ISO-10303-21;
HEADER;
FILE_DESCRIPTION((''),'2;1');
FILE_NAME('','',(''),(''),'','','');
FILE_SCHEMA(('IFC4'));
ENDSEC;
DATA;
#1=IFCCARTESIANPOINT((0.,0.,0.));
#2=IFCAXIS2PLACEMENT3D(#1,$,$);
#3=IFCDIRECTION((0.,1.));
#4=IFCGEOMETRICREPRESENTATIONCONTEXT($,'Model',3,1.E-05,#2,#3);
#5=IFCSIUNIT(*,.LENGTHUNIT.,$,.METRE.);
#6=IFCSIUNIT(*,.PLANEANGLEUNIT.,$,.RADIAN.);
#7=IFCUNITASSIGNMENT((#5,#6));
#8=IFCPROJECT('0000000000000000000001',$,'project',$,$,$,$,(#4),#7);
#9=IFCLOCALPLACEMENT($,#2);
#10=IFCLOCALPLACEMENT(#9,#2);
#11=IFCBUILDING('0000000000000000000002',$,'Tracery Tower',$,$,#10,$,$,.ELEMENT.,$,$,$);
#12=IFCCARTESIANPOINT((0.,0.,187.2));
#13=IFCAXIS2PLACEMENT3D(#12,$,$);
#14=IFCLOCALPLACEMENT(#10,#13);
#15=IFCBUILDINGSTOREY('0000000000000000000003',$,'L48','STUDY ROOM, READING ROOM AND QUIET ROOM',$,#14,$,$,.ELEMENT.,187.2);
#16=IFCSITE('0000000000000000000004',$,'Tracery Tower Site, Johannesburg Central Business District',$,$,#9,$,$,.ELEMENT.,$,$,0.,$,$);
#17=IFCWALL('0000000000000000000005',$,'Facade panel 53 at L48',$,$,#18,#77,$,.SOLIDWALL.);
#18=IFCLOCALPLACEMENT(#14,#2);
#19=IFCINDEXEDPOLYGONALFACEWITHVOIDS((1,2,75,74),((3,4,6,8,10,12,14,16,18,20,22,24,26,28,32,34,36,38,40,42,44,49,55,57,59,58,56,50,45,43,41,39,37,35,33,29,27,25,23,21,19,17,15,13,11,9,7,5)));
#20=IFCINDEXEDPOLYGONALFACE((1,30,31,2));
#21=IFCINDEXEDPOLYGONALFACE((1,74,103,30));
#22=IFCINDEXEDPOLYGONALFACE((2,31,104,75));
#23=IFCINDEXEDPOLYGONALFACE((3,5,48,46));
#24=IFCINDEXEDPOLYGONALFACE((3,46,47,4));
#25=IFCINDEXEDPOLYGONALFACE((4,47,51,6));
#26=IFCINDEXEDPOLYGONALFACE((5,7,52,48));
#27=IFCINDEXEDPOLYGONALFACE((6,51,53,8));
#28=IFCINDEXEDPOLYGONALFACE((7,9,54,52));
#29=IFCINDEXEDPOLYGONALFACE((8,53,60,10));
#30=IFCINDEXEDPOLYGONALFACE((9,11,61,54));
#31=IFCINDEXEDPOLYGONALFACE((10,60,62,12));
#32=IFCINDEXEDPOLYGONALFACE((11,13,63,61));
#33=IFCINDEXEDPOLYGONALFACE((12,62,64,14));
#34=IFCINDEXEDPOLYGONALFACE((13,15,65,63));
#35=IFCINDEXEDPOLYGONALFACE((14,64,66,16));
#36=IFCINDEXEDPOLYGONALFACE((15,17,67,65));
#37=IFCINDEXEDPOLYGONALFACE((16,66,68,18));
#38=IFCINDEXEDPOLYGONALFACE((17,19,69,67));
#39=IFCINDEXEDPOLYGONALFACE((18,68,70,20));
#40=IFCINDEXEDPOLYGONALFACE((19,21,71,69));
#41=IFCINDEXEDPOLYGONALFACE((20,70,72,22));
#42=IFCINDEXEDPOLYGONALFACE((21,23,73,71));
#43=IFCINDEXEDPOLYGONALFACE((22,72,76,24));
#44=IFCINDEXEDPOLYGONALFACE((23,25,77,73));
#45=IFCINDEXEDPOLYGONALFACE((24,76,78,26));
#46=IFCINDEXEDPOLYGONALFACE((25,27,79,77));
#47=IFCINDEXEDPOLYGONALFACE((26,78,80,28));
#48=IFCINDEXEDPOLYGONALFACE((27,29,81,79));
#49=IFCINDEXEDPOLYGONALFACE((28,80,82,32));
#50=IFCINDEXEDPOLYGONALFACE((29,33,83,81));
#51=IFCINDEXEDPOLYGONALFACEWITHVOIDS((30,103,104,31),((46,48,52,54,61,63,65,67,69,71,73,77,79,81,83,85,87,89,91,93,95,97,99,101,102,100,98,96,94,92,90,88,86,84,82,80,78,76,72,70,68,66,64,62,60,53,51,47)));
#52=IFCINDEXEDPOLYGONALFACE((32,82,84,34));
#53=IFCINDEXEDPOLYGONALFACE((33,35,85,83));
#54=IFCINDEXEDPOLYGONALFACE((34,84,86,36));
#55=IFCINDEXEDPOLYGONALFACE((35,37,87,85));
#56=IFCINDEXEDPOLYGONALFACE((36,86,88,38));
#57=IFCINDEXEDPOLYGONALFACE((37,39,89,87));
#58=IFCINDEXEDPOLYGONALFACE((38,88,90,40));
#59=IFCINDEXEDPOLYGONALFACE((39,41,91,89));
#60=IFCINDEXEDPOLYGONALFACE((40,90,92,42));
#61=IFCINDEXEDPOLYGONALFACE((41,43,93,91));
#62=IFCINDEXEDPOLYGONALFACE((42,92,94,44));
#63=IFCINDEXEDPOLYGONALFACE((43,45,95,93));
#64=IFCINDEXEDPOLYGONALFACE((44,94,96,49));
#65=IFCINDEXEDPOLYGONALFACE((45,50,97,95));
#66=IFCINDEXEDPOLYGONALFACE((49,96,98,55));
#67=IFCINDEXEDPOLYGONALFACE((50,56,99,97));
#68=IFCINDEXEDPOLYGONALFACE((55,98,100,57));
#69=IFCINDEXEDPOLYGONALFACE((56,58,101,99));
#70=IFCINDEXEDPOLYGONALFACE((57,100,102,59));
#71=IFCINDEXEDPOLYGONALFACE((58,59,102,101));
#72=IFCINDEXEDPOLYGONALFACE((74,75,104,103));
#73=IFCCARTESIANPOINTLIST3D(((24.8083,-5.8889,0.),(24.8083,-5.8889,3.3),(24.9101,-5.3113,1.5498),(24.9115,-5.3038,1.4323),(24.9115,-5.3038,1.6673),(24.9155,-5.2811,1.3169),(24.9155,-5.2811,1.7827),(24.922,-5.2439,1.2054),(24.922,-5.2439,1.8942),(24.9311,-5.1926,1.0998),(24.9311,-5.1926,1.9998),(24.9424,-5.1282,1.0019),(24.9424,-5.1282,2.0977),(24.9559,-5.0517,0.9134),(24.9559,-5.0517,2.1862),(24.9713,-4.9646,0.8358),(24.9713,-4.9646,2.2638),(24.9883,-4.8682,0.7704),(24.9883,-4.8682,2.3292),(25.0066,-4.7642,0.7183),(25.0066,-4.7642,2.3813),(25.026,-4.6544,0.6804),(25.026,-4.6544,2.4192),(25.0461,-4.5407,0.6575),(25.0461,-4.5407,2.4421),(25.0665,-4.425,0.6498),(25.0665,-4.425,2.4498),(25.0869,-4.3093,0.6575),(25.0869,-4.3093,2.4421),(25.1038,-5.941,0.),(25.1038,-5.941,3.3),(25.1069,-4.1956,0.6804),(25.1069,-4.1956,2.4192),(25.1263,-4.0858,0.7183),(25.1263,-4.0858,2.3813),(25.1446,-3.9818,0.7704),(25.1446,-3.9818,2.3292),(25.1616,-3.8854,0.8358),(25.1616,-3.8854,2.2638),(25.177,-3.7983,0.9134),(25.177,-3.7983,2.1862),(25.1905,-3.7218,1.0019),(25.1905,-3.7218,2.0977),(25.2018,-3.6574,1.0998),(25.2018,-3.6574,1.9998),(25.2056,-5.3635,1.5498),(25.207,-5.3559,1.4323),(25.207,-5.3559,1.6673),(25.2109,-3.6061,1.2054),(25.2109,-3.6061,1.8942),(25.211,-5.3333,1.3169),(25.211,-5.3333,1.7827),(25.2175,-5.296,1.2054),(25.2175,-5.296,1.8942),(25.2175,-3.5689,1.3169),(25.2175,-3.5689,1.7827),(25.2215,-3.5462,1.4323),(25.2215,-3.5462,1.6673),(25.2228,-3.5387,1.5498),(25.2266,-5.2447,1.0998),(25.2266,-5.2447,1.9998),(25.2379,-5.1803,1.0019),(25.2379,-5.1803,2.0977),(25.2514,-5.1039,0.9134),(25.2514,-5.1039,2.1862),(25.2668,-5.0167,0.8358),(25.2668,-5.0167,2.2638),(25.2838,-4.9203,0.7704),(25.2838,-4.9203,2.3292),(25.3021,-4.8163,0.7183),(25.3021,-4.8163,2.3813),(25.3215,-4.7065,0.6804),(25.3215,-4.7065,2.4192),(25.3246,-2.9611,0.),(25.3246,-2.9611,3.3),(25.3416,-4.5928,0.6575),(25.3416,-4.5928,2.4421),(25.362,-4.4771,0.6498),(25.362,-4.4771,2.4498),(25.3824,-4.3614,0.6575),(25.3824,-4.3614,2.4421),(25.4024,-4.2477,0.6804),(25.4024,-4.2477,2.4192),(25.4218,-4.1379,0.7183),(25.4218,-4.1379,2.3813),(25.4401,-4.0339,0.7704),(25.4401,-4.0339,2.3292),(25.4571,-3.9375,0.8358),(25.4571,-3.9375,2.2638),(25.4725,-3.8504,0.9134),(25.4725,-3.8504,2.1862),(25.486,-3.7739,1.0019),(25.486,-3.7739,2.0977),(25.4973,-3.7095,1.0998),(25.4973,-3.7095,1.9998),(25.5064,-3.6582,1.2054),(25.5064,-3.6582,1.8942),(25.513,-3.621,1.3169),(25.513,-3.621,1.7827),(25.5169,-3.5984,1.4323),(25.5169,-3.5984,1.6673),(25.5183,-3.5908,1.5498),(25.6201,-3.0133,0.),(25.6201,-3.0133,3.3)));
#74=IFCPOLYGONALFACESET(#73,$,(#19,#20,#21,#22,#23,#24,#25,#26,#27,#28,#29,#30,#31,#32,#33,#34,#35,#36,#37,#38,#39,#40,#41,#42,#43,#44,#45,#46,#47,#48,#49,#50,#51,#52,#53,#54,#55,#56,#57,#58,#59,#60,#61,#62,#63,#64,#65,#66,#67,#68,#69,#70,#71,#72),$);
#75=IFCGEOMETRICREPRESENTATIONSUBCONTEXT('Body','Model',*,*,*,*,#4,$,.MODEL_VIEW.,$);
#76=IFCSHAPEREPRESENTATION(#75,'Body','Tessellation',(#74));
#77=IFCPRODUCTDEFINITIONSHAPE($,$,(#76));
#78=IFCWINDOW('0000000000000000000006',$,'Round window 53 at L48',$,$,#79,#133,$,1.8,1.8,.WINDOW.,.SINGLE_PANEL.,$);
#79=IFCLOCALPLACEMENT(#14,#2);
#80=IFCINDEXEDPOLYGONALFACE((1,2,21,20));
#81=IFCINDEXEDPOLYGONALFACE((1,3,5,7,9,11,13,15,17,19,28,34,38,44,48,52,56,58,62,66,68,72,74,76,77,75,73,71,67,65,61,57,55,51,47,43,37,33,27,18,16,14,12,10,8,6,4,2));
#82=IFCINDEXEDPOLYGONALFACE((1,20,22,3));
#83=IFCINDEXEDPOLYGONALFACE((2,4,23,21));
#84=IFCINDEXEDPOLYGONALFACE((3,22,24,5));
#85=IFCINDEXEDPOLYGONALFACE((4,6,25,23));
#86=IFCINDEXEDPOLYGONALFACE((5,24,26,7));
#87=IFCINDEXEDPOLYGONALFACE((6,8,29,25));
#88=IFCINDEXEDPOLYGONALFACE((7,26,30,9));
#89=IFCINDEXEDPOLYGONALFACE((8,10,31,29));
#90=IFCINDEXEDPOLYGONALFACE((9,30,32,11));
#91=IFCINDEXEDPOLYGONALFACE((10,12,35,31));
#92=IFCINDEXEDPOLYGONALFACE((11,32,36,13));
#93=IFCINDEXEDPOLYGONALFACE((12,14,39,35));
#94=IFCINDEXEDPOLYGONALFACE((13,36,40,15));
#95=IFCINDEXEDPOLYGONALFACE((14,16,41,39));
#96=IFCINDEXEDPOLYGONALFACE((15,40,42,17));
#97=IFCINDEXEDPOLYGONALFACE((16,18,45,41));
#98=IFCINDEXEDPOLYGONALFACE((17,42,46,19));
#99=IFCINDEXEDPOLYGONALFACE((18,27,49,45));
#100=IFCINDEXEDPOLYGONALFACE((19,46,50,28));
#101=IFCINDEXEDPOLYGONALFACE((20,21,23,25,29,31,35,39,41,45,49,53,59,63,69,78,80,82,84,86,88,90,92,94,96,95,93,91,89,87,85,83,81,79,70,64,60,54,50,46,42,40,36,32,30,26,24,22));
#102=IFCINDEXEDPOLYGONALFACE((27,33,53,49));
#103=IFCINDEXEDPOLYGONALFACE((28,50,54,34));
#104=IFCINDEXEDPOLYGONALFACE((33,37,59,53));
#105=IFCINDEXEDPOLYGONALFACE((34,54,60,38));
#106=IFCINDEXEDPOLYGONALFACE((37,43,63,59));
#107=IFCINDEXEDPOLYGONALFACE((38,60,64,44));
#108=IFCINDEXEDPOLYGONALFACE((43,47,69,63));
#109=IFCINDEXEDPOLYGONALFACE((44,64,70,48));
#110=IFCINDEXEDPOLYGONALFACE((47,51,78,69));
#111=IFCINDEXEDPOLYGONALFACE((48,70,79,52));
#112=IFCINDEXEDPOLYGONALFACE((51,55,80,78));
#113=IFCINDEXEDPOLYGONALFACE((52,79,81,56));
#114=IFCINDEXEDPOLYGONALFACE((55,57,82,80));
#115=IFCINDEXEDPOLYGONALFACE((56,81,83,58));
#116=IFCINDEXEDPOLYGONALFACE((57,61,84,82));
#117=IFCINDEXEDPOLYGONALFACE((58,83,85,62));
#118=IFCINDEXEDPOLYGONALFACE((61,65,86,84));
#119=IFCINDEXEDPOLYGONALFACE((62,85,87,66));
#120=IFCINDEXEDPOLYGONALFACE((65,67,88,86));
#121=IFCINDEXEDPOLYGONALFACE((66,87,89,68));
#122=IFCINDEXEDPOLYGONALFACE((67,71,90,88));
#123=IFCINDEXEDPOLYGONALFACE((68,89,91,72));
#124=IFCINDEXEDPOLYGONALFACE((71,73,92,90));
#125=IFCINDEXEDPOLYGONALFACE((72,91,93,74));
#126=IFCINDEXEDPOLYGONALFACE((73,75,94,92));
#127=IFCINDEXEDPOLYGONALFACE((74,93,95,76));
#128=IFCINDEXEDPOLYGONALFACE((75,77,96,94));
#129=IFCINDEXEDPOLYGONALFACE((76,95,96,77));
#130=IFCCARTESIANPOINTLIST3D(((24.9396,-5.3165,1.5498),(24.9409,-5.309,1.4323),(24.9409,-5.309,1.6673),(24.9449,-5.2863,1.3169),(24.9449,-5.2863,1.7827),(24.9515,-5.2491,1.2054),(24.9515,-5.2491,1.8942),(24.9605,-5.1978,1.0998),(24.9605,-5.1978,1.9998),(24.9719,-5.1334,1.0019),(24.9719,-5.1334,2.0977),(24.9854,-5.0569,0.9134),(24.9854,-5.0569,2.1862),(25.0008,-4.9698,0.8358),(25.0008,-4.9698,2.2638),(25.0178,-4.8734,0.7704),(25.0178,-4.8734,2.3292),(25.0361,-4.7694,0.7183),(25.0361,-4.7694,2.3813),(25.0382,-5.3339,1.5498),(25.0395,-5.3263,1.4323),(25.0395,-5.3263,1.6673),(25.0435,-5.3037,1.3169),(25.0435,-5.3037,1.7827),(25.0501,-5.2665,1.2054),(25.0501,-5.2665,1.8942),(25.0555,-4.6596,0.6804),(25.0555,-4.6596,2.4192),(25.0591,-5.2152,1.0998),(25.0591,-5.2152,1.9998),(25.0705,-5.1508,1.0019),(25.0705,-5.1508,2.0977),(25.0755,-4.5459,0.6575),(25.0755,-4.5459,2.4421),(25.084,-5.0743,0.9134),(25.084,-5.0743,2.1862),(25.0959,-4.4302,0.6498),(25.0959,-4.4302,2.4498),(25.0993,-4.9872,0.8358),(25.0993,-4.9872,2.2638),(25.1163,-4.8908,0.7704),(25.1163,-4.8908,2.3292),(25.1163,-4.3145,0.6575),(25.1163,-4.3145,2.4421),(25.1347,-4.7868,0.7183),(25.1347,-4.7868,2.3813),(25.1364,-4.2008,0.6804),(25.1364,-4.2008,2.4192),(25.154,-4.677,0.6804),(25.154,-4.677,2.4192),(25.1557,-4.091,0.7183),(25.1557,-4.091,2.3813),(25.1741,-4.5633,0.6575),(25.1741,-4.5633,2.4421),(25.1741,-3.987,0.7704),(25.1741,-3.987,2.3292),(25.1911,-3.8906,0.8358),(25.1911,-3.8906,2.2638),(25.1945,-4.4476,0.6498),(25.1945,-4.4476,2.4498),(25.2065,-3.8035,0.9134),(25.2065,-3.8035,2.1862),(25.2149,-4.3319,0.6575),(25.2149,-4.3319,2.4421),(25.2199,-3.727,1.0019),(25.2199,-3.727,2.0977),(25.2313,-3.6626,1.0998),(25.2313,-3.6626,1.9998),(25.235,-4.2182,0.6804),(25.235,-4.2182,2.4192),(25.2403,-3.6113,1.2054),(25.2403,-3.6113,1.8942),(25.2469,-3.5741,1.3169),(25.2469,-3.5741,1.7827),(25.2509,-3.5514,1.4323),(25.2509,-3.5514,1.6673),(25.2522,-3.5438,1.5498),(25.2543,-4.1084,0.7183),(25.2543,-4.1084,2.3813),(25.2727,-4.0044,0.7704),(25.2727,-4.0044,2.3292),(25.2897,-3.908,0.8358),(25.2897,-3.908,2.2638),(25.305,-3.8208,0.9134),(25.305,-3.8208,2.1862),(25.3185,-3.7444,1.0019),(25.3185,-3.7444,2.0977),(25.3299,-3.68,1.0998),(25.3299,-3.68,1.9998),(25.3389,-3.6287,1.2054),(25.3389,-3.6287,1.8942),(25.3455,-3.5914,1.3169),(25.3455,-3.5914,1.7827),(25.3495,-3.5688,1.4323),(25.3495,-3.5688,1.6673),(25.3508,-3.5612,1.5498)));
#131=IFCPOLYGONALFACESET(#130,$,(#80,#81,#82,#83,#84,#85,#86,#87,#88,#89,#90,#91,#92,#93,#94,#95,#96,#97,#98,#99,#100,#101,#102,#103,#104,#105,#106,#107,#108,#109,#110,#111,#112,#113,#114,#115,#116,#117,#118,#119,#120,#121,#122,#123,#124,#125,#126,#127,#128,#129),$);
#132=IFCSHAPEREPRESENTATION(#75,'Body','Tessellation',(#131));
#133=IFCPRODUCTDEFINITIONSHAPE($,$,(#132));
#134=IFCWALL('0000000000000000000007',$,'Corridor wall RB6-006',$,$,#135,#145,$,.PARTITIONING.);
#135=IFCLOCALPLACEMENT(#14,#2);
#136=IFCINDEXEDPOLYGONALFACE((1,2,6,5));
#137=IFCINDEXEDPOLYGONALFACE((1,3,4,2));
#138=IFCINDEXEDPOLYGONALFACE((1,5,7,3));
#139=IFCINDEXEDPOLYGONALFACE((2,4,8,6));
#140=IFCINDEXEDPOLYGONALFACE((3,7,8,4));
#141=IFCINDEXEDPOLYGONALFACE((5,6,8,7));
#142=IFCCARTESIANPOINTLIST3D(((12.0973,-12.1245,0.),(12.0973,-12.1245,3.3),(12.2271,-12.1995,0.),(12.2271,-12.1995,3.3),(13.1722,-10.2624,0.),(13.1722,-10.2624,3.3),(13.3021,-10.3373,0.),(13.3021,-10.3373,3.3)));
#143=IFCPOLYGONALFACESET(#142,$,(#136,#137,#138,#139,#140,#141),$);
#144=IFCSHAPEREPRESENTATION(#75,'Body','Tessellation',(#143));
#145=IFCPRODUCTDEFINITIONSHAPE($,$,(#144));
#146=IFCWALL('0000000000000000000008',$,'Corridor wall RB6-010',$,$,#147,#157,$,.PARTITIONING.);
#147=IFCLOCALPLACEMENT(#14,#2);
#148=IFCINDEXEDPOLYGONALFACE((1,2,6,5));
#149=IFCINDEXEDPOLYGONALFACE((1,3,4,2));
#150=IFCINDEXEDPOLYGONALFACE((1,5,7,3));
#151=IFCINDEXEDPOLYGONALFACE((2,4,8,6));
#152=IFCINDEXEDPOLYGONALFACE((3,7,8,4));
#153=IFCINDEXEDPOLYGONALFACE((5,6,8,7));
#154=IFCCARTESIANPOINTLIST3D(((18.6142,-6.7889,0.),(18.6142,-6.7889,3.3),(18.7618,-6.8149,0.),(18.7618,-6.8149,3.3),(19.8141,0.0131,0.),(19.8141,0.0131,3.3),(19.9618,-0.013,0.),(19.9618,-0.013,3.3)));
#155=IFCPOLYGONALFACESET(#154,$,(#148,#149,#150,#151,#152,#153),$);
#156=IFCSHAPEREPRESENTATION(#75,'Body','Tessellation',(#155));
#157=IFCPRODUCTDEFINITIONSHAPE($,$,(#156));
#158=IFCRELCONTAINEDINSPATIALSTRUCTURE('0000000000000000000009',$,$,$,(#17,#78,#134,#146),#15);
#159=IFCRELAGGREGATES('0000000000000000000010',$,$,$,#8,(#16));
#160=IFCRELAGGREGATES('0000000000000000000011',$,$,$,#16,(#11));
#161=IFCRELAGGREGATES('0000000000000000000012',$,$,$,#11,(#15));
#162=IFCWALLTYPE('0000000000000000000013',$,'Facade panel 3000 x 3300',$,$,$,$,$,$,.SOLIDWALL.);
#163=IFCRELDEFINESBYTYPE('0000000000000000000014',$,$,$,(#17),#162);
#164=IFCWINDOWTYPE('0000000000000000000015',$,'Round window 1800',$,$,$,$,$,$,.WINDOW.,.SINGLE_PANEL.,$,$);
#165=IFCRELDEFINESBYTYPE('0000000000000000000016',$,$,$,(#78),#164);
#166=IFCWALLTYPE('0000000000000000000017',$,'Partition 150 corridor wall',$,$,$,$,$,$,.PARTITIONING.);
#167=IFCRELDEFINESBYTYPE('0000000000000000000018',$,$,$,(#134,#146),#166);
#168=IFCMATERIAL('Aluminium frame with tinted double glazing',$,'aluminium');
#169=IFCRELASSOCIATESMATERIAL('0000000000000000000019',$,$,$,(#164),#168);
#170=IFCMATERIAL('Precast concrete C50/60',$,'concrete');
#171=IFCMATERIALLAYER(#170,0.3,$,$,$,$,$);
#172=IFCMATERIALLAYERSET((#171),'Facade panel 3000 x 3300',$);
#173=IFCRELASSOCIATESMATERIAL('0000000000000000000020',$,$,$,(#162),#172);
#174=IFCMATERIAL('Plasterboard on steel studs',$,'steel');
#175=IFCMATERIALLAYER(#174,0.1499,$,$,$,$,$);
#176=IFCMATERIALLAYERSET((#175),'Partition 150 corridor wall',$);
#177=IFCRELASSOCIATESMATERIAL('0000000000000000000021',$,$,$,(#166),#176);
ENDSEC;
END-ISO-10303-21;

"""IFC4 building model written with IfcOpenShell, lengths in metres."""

from ifc_helpers import new_model, si_unit, direction, frame, frame_2d, origin, origin_2d, place, context, subcontext, project, spatial, rectangle, circle, extrude, material, layer, layer_set, type_object, element, fill, save


model = new_model("IFC4")

# Units and contexts
model_context = context("Model", 3, precision=1e-05, world=origin(), true_north=direction((0.0, 1.0)))
body_context = subcontext(model_context, "Body", "Model", "MODEL_VIEW")
ifc_project = project(units=[si_unit("LENGTHUNIT", "METRE"), si_unit("PLANEANGLEUNIT", "RADIAN")], contexts=[model_context])

# Site, building, storey
site_placement = place(None, origin())
site = spatial("IfcSite", under=ifc_project, at=site_placement, Name="Tracery Tower Site, Johannesburg Central Business District", CompositionType="ELEMENT", RefElevation=0.0)
building_placement = place(site_placement, origin())
building = spatial("IfcBuilding", under=site, at=building_placement, Name="Tracery Tower", CompositionType="ELEMENT")
storey_placement = place(building_placement, frame((0.0, 0.0, 187.2)))
storey = spatial("IfcBuildingStorey", under=building, at=storey_placement, Name="L48", Description="STUDY ROOM, READING ROOM AND QUIET ROOM", CompositionType="ELEMENT", Elevation=187.2)

# Wall, opening, window
ifc_material_1 = material(Name="Aluminium frame with tinted double glazing", Category="aluminium")
window_type = type_object("IfcWindowType", Name="Round window 1800", PartitioningType="SINGLE_PANEL", PredefinedType="WINDOW", material=ifc_material_1)
ifc_material_2 = material(Name="Precast concrete C50/60", Category="concrete")
ifc_layer_1 = layer(ifc_material_2, 0.3)
ifc_layer_set_1 = layer_set([ifc_layer_1], Name="Facade panel 3000 x 3300")
wall_type_1 = type_object("IfcWallType", Name="Facade panel 3000 x 3300", PredefinedType="SOLIDWALL", material=ifc_layer_set_1)
wall_1_placement = place(storey_placement, frame((24.9561, -5.9148, 0.0), z_axis=(0.0, 0.0, 1.0), x_axis=(0.173687, 0.984801, 0.0)))
wall_1 = element("IfcWall", 1, at=wall_1_placement, inside=storey, type_object=wall_type_1, Name="Facade panel 53 at L48", PredefinedType="SOLIDWALL", context=body_context, shape_type="SweptSolid", body=[
    extrude(rectangle(XDim=2.9729, YDim=0.3, at=frame_2d((1.4863, 0.0))), origin(), (0.0, 0.0, 1.0), 3.3),
])
opening_1_placement = place(wall_1_placement, frame((1.4863, 0.0, 1.5498)))
opening_1 = element("IfcOpeningElement", 2, at=opening_1_placement, cuts=wall_1, PredefinedType="OPENING", context=body_context, shape_type="SweptSolid", body=[
    extrude(circle(Radius=0.9, at=origin_2d()), frame((0.0, 0.1599, 0.0), z_axis=(0.0, -1.0, 0.0), x_axis=(1.0, 0.0, 0.0)), (0.0, 0.0, 1.0), 0.3201),
])
window_1_placement = place(opening_1_placement, origin())
window_1 = element("IfcWindow", 3, at=window_1_placement, inside=storey, type_object=window_type, Name="Round window 53 at L48", OverallHeight=1.8, OverallWidth=1.8, PartitioningType="SINGLE_PANEL", PredefinedType="WINDOW", context=body_context, shape_type="SweptSolid", body=[
    extrude(circle(Radius=0.9, at=origin_2d()), frame((0.0, 0.1201, 0.0), z_axis=(0.0, -1.0, 0.0), x_axis=(1.0, 0.0, 0.0)), (0.0, 0.0, 1.0), 0.1001),
])
fill(opening_1, window_1)

# Walls
ifc_material_3 = material(Name="Plasterboard on steel studs", Category="steel")
ifc_layer_2 = layer(ifc_material_3, 0.1499)
ifc_layer_set_2 = layer_set([ifc_layer_2], Name="Partition 150 corridor wall")
wall_type_2 = type_object("IfcWallType", Name="Partition 150 corridor wall", PredefinedType="PARTITIONING", material=ifc_layer_set_2)
wall_2_placement = place(storey_placement, frame((12.1621, -12.1621, 0.0), z_axis=(0.0, 0.0, 1.0), x_axis=(0.499962, 0.866048, 0.0)))
element("IfcWall", 4, at=wall_2_placement, inside=storey, type_object=wall_type_2, Name="Corridor wall RB6-006", PredefinedType="PARTITIONING", context=body_context, shape_type="SweptSolid", body=[
    extrude(rectangle(XDim=2.1501, YDim=0.1499, at=frame_2d((1.0752, 0.0))), origin(), (0.0, 0.0, 1.0), 3.3),
])
wall_3_placement = place(storey_placement, frame((18.688, -6.802, 0.0), z_axis=(0.0, 0.0, 1.0), x_axis=(0.173729, 0.984794, 0.0)))
element("IfcWall", 5, at=wall_3_placement, inside=storey, type_object=wall_type_2, Name="Corridor wall RB6-010", PredefinedType="PARTITIONING", context=body_context, shape_type="SweptSolid", body=[
    extrude(rectangle(XDim=6.907, YDim=0.1499, at=frame_2d((3.4536, 0.0))), origin(), (0.0, 0.0, 1.0), 3.3),
])

save(model, "model.ifc")
